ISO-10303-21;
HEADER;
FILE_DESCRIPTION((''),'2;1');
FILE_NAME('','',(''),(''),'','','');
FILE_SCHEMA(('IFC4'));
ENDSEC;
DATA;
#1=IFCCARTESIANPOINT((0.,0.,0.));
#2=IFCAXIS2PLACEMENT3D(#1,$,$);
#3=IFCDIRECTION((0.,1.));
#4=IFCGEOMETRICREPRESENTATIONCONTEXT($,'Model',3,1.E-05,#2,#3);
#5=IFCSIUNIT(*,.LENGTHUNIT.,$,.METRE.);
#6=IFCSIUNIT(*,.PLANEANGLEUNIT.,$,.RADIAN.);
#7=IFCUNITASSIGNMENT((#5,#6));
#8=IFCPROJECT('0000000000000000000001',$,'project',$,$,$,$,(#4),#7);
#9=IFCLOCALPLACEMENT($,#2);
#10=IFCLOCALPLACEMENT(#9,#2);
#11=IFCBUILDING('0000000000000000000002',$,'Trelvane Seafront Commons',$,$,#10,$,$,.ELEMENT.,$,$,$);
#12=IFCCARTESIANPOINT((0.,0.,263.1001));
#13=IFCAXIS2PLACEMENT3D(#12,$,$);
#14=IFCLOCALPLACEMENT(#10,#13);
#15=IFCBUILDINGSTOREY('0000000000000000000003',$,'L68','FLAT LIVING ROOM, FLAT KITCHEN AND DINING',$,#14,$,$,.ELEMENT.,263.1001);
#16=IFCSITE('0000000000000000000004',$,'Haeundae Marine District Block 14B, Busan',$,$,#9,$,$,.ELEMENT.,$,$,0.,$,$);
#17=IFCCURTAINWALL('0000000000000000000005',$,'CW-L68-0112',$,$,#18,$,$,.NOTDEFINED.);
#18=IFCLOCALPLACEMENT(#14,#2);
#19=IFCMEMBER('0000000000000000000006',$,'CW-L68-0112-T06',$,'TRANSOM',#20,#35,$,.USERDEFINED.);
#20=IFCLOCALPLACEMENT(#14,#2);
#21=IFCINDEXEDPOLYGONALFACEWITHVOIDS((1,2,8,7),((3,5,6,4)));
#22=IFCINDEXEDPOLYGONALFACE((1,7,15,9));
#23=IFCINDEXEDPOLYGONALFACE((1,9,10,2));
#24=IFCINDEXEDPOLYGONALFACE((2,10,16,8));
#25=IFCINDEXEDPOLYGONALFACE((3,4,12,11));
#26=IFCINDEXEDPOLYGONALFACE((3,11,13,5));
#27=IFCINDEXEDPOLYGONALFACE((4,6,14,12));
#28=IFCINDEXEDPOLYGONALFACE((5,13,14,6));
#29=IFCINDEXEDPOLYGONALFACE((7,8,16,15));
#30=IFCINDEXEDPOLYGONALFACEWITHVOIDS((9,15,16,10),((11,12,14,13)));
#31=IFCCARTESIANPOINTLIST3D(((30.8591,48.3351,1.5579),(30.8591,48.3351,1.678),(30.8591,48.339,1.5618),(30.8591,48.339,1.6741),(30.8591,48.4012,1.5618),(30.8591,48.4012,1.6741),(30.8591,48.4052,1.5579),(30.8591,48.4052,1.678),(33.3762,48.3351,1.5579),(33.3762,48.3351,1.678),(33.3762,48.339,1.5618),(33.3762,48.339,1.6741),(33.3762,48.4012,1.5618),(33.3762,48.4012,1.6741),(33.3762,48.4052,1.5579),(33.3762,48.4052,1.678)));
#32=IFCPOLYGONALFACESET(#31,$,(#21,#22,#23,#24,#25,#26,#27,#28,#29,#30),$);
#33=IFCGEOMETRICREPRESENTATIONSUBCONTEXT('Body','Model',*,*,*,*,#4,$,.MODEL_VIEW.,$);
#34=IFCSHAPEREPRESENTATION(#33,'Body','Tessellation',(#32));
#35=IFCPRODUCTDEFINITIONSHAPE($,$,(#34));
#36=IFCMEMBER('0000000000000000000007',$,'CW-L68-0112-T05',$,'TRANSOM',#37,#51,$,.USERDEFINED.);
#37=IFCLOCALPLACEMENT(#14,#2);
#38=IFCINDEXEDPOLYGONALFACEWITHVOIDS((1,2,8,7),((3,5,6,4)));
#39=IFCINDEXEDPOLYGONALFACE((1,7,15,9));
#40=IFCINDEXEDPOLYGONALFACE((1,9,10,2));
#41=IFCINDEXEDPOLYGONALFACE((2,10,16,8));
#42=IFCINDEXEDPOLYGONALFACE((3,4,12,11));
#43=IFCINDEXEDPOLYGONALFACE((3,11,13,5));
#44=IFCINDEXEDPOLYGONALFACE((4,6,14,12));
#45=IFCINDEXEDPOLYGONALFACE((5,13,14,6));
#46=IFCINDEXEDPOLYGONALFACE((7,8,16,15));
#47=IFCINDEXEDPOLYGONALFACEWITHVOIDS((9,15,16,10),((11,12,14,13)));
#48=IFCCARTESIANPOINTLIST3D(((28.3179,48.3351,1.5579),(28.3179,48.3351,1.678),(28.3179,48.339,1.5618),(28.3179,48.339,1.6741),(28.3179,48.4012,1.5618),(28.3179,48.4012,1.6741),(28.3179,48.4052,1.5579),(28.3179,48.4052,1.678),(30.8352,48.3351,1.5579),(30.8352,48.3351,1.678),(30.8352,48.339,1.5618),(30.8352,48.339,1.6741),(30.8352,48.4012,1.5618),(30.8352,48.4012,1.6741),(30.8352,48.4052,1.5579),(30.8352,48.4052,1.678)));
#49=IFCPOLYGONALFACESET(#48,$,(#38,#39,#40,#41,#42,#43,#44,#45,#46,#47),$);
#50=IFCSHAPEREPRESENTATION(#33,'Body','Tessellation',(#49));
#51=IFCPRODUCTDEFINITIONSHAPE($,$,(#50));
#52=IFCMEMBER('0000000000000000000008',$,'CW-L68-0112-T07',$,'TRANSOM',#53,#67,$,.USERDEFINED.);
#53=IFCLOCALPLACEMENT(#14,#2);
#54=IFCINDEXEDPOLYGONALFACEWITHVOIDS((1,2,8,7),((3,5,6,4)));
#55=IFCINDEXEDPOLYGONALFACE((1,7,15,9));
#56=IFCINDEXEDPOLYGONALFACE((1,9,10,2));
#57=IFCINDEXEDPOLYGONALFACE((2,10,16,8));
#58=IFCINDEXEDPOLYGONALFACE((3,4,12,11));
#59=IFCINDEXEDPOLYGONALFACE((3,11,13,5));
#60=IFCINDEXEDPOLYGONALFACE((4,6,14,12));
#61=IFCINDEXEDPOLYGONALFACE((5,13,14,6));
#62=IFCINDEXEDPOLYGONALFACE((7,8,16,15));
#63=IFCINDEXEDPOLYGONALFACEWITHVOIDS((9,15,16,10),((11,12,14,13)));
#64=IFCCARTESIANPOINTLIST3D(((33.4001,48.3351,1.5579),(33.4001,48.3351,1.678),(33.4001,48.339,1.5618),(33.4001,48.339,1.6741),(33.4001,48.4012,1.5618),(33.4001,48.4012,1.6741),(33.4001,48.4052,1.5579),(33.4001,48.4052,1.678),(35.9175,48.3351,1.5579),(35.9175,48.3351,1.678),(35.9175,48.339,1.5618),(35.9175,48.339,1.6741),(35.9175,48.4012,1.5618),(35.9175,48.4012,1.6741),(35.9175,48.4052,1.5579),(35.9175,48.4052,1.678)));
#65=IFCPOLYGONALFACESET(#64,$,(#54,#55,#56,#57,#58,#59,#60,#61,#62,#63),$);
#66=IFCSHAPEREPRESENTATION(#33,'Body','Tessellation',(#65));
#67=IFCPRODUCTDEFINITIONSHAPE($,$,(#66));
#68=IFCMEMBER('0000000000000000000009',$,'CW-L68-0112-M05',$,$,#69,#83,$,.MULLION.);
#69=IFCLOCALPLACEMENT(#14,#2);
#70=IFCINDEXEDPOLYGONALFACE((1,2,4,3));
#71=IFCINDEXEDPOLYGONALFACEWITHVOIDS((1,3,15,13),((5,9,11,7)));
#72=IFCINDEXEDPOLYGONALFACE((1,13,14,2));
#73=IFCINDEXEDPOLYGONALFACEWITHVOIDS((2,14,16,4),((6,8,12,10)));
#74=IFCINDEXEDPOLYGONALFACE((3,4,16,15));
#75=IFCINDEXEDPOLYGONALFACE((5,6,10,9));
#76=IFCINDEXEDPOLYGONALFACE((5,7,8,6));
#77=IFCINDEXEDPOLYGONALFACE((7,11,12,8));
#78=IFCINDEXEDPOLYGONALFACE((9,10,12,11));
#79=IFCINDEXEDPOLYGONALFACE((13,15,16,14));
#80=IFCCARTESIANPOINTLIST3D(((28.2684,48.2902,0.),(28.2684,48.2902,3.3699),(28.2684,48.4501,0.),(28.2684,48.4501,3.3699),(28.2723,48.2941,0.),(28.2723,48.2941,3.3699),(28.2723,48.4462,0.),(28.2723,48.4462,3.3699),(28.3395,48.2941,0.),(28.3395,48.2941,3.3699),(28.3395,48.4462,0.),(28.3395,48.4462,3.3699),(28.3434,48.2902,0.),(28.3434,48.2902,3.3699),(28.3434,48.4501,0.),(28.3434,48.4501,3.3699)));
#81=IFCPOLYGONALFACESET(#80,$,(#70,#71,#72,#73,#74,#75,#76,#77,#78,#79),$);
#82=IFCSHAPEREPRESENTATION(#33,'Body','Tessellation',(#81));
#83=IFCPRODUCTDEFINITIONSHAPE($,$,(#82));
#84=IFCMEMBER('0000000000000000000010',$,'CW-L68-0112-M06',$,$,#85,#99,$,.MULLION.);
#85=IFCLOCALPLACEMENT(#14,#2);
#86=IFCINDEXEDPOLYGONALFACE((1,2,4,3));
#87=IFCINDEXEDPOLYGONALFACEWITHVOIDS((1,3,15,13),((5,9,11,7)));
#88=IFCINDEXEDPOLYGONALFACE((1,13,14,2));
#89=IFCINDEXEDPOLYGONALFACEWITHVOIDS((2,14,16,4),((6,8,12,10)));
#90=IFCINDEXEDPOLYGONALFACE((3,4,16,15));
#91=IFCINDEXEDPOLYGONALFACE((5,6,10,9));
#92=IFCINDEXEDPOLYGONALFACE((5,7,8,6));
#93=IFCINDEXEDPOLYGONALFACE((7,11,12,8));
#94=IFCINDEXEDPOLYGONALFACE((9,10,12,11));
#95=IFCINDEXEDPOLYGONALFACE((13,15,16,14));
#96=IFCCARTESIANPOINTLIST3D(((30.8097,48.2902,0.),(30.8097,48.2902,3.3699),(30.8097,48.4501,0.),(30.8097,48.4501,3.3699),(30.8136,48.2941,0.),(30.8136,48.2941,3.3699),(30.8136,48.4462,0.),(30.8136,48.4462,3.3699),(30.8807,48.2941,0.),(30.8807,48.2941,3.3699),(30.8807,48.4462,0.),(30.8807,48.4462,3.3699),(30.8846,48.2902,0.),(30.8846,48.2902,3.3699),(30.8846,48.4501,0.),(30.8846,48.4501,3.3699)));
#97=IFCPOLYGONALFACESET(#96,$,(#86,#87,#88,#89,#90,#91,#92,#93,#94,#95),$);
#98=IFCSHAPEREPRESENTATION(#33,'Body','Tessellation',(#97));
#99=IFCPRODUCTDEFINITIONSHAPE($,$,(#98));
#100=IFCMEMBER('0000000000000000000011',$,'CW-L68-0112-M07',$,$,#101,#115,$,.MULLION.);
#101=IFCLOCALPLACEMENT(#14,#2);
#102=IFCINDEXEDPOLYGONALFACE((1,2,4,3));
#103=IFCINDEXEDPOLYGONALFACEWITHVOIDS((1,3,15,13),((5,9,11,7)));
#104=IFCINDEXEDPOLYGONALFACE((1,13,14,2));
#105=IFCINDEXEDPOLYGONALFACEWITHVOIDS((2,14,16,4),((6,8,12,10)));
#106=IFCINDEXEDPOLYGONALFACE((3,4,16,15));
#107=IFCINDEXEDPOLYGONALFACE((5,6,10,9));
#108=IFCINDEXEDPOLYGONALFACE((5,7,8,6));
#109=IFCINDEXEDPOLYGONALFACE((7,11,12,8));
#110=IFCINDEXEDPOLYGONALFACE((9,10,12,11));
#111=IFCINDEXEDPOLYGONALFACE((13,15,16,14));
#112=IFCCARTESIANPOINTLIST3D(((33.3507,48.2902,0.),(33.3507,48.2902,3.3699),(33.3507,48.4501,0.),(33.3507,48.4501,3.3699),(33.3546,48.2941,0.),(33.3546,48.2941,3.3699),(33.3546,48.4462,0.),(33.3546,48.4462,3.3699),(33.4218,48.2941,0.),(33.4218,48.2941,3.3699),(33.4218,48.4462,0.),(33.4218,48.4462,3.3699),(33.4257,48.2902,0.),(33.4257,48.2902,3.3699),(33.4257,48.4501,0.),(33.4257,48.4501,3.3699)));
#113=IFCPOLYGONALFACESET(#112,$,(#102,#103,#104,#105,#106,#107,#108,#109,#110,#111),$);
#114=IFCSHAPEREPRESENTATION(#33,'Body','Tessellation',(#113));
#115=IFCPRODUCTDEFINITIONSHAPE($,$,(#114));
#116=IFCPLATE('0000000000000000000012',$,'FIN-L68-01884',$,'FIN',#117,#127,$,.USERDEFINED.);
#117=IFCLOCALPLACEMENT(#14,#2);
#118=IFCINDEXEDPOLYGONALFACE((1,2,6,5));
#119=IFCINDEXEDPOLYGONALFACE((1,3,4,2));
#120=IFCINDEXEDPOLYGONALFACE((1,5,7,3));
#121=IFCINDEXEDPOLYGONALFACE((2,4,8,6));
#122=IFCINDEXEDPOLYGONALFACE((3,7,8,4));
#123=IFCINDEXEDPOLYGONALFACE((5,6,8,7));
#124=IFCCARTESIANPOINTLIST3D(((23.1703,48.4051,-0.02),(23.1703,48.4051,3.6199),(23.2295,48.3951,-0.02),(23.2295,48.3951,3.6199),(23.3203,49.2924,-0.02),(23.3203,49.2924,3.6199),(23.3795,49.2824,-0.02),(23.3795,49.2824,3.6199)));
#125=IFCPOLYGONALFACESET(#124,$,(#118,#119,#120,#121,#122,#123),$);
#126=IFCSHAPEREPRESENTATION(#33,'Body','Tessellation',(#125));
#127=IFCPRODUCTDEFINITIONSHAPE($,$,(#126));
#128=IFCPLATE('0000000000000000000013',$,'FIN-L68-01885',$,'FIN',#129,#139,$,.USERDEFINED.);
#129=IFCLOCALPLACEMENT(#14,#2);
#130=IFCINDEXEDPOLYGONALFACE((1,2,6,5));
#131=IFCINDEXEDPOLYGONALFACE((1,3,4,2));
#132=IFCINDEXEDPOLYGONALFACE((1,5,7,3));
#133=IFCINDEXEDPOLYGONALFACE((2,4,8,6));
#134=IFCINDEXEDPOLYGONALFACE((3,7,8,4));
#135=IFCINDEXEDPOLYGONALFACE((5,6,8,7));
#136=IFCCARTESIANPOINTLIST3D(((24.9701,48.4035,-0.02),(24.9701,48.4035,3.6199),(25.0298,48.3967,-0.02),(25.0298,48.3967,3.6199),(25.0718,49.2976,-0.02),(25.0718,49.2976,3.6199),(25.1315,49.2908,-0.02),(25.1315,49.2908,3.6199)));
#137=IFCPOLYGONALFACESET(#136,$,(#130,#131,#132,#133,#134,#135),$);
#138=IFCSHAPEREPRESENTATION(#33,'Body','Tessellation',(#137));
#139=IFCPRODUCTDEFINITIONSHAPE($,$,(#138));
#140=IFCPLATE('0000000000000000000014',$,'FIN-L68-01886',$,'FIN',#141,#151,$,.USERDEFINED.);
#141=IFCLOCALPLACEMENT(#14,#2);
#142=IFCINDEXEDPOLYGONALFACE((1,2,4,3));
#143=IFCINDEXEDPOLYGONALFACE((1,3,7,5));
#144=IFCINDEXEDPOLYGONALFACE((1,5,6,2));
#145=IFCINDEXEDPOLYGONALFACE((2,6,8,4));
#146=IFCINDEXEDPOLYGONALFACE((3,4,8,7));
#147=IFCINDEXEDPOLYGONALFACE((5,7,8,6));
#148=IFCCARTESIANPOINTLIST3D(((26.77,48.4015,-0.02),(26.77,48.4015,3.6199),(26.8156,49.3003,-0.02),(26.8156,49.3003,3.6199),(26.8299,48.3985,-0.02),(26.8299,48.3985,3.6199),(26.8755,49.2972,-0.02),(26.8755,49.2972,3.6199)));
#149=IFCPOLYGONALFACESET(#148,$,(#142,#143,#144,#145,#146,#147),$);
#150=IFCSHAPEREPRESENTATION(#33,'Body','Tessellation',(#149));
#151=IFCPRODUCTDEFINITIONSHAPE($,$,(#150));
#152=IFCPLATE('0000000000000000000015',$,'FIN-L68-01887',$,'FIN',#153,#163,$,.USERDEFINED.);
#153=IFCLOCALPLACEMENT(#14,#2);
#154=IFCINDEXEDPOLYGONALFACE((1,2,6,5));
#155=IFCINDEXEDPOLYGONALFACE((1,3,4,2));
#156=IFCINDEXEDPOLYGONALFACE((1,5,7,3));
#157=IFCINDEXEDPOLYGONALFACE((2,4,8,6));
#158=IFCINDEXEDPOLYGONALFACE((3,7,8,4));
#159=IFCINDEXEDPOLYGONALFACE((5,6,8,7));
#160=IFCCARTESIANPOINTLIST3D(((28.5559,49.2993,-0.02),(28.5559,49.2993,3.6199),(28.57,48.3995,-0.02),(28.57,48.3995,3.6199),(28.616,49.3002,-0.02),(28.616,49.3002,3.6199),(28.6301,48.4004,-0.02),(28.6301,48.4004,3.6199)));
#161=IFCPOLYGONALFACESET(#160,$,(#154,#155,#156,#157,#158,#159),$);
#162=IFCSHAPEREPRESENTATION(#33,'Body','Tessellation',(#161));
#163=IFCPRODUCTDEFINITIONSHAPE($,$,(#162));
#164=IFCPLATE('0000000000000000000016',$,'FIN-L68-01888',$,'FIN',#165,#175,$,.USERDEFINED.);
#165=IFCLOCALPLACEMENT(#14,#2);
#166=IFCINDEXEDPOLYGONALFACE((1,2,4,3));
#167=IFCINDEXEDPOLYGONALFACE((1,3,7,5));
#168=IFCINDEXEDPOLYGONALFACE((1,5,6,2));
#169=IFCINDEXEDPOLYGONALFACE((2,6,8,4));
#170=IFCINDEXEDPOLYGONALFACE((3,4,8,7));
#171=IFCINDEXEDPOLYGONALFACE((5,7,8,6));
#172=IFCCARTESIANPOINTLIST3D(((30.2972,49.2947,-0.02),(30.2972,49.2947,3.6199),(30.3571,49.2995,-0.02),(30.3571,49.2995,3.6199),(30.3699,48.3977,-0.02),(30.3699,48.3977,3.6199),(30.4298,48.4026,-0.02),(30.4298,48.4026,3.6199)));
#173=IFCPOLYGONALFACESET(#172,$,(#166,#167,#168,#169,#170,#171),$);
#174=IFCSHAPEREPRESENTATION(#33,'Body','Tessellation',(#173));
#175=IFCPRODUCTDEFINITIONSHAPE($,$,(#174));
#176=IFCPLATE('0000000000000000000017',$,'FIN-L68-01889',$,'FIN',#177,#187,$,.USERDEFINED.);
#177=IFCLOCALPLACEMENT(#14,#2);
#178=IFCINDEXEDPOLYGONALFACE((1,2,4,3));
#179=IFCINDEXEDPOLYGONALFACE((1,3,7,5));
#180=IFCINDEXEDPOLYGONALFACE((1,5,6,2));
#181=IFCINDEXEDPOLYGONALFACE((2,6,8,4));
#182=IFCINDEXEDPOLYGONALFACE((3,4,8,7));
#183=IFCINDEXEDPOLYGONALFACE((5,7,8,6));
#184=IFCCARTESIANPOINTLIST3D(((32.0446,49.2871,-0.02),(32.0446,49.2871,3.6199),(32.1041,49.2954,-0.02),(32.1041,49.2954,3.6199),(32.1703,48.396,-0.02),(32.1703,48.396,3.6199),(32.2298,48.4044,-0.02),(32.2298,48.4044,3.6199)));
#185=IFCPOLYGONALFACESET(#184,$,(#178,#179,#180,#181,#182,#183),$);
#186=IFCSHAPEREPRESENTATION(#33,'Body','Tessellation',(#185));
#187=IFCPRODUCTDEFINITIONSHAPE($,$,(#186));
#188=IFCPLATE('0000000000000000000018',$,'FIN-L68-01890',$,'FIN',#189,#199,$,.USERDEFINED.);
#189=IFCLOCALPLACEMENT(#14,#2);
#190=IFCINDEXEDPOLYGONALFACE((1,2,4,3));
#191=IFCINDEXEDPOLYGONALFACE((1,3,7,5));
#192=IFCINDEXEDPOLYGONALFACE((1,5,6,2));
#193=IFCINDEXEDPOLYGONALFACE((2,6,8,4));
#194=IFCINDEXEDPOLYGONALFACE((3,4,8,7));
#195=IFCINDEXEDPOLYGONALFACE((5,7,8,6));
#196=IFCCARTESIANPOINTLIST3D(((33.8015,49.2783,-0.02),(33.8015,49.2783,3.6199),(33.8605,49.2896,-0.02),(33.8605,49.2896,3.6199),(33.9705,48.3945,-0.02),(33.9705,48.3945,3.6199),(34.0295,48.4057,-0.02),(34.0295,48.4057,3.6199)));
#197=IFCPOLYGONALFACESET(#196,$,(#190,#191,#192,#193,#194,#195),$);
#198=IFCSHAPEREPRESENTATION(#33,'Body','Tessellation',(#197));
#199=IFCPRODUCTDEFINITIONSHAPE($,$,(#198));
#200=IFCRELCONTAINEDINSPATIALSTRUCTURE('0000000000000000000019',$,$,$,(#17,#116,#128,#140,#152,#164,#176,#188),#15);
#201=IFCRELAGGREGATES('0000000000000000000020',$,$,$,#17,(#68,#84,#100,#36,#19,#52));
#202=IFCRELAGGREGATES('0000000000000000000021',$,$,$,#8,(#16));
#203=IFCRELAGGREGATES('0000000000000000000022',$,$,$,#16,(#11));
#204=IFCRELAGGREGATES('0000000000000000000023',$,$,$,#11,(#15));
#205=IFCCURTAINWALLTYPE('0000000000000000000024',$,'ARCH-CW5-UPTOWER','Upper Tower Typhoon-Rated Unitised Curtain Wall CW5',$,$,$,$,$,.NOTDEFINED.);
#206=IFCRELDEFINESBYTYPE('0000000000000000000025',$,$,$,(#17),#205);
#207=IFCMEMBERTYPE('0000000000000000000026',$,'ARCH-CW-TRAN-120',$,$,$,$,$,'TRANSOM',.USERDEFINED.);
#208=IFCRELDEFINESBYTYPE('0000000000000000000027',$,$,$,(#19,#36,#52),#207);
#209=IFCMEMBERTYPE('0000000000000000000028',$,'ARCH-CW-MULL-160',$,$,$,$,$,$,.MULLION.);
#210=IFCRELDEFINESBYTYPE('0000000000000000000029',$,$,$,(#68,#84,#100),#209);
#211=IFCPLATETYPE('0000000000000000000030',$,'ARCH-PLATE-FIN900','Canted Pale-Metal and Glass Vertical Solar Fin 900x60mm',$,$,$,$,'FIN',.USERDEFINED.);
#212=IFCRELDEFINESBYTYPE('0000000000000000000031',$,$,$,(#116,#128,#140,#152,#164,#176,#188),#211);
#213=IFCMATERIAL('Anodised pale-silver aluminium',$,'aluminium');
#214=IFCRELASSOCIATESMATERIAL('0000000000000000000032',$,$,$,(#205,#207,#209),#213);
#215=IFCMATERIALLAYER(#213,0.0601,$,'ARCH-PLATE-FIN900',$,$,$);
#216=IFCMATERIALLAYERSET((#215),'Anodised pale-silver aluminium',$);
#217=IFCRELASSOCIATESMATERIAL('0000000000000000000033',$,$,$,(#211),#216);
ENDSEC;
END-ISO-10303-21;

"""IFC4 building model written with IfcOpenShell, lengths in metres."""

from ifc_helpers import new_model, si_unit, direction, frame, origin, origin_2d, place, context, subcontext, project, spatial, rectangle, hollow_rectangle, extrude, source, transform, mapped, material, layer, layer_set, material_profile, profile_set, type_object, element, aggregate, save


model = new_model("IFC4")

# Units and contexts
model_context = context("Model", 3, precision=1e-05, world=origin(), true_north=direction((0.0, 1.0)))
body_context = subcontext(model_context, "Body", "Model", "MODEL_VIEW")
ifc_project = project(units=[si_unit("LENGTHUNIT", "METRE"), si_unit("PLANEANGLEUNIT", "RADIAN")], contexts=[model_context])

# Site, building, storey
site_placement = place(None, origin())
site = spatial("IfcSite", under=ifc_project, at=site_placement, Name="Haeundae Marine District Block 14B, Busan", CompositionType="ELEMENT", RefElevation=0.0)
building_placement = place(site_placement, origin())
building = spatial("IfcBuilding", under=site, at=building_placement, Name="Trelvane Seafront Commons", CompositionType="ELEMENT")
storey_placement = place(building_placement, frame((0.0, 0.0, 263.1001)))
storey = spatial("IfcBuildingStorey", under=building, at=storey_placement, Name="L68", Description="FLAT LIVING ROOM, FLAT KITCHEN AND DINING", CompositionType="ELEMENT", Elevation=263.1001)

# Curtain wall, members
ifc_material_1 = material(Name="Anodised pale-silver aluminium", Category="aluminium")
curtain_wall_type = type_object("IfcCurtainWallType", Name="ARCH-CW5-UPTOWER", Description="Upper Tower Typhoon-Rated Unitised Curtain Wall CW5", PredefinedType="NOTDEFINED", material=ifc_material_1)
curtain_wall_placement = place(storey_placement, origin())
curtain_wall = element("IfcCurtainWall", 1, at=curtain_wall_placement, inside=storey, type_object=curtain_wall_type, Name="CW-L68-0112", PredefinedType="NOTDEFINED")
ifc_material_profile_1 = material_profile(ifc_material_1, hollow_rectangle(XDim=0.0701, YDim=0.1201, WallThickness=0.0039, at=origin_2d()), Name="TRAN-70x120x4")
ifc_profile_set_1 = profile_set([ifc_material_profile_1], Name="Anodised pale-silver aluminium")
member_type_1 = type_object("IfcMemberType", Name="ARCH-CW-TRAN-120", ElementType="TRANSOM", PredefinedType="USERDEFINED", material=ifc_profile_set_1)
shared_shape_1 = source(origin(), body_context, "Body", "SweptSolid", [
    extrude(hollow_rectangle(XDim=0.0701, YDim=0.1201, WallThickness=0.0039, at=origin_2d()), origin(), (0.0, 0.0, 1.0), 2.5171),
])
member_1_placement = place(storey_placement, frame((30.8591, 48.3701, 1.6179), z_axis=(1.0, 0.0, 0.0), x_axis=(0.0, 1.0, 0.0)))
member_1 = element("IfcMember", 2, at=member_1_placement, type_object=member_type_1, Name="CW-L68-0112-T06", ObjectType="TRANSOM", PredefinedType="USERDEFINED", context=body_context, shape_type="MappedRepresentation", body=[
    mapped(shared_shape_1, transform((0.0, 0.0, 0.0), x_axis=(1.0, 0.0, 0.0), y_axis=(0.0, 1.0, 0.0), z_axis=(0.0, 0.0, 1.0), scale=1.0)),
])
shared_shape_2 = source(origin(), body_context, "Body", "SweptSolid", [
    extrude(hollow_rectangle(XDim=0.0701, YDim=0.1201, WallThickness=0.0039, at=origin_2d()), origin(), (0.0, 0.0, 1.0), 2.5173),
])
member_2_placement = place(storey_placement, frame((28.3179, 48.3701, 1.6179), z_axis=(1.0, 0.0, 0.0), x_axis=(0.0, 1.0, 0.0)))
member_2 = element("IfcMember", 3, at=member_2_placement, type_object=member_type_1, Name="CW-L68-0112-T05", ObjectType="TRANSOM", PredefinedType="USERDEFINED", context=body_context, shape_type="MappedRepresentation", body=[
    mapped(shared_shape_2, transform((0.0, 0.0, 0.0), x_axis=(1.0, 0.0, 0.0), y_axis=(0.0, 1.0, 0.0), z_axis=(0.0, 0.0, 1.0), scale=1.0)),
])
member_3_placement = place(storey_placement, frame((33.4001, 48.3701, 1.6179), z_axis=(1.0, 0.0, 0.0), x_axis=(0.0, 1.0, 0.0)))
member_3 = element("IfcMember", 4, at=member_3_placement, type_object=member_type_1, Name="CW-L68-0112-T07", ObjectType="TRANSOM", PredefinedType="USERDEFINED", context=body_context, shape_type="MappedRepresentation", body=[
    mapped(shared_shape_2, transform((0.0, 0.0, 0.0), x_axis=(1.0, 0.0, 0.0), y_axis=(0.0, 1.0, 0.0), z_axis=(0.0, 0.0, 1.0), scale=1.0)),
])
ifc_material_profile_2 = material_profile(ifc_material_1, hollow_rectangle(XDim=0.075, YDim=0.1599, WallThickness=0.0039, at=origin_2d()), Name="MULL-75x160x4")
ifc_profile_set_2 = profile_set([ifc_material_profile_2], Name="Anodised pale-silver aluminium")
member_type_2 = type_object("IfcMemberType", Name="ARCH-CW-MULL-160", PredefinedType="MULLION", material=ifc_profile_set_2)
shared_shape_3 = source(origin(), body_context, "Body", "SweptSolid", [
    extrude(hollow_rectangle(XDim=0.075, YDim=0.1599, WallThickness=0.0039, at=origin_2d()), origin(), (0.0, 0.0, 1.0), 3.3699),
])
member_4_placement = place(storey_placement, frame((28.3059, 48.3701, 0.0), z_axis=(0.0, 0.0, 1.0), x_axis=(1.0, 0.0, 0.0)))
member_4 = element("IfcMember", 5, at=member_4_placement, type_object=member_type_2, Name="CW-L68-0112-M05", PredefinedType="MULLION", context=body_context, shape_type="MappedRepresentation", body=[
    mapped(shared_shape_3, transform((0.0, 0.0, 0.0), x_axis=(1.0, 0.0, 0.0), y_axis=(0.0, 1.0, 0.0), z_axis=(0.0, 0.0, 1.0), scale=1.0)),
])
member_5_placement = place(storey_placement, frame((30.8472, 48.3701, 0.0), z_axis=(0.0, 0.0, 1.0), x_axis=(1.0, 0.0, 0.0)))
member_5 = element("IfcMember", 6, at=member_5_placement, type_object=member_type_2, Name="CW-L68-0112-M06", PredefinedType="MULLION", context=body_context, shape_type="MappedRepresentation", body=[
    mapped(shared_shape_3, transform((0.0, 0.0, 0.0), x_axis=(1.0, 0.0, 0.0), y_axis=(0.0, 1.0, 0.0), z_axis=(0.0, 0.0, 1.0), scale=1.0)),
])
member_6_placement = place(storey_placement, frame((33.3882, 48.3701, 0.0), z_axis=(0.0, 0.0, 1.0), x_axis=(1.0, 0.0, 0.0)))
member_6 = element("IfcMember", 7, at=member_6_placement, type_object=member_type_2, Name="CW-L68-0112-M07", PredefinedType="MULLION", context=body_context, shape_type="MappedRepresentation", body=[
    mapped(shared_shape_3, transform((0.0, 0.0, 0.0), x_axis=(1.0, 0.0, 0.0), y_axis=(0.0, 1.0, 0.0), z_axis=(0.0, 0.0, 1.0), scale=1.0)),
])

# Plates
ifc_layer_1 = layer(ifc_material_1, 0.0601, Name="ARCH-PLATE-FIN900")
ifc_layer_set_1 = layer_set([ifc_layer_1], Name="Anodised pale-silver aluminium")
plate_type_1 = type_object("IfcPlateType", Name="ARCH-PLATE-FIN900", Description="Canted Pale-Metal and Glass Vertical Solar Fin 900x60mm", ElementType="FIN", PredefinedType="USERDEFINED", material=ifc_layer_set_1)
shared_shape_4 = source(origin(), body_context, "Body", "SweptSolid", [
    extrude(rectangle(XDim=0.8999, YDim=0.0601, at=origin_2d()), origin(), (0.0, 0.0, 1.0), 3.6399),
])
for number, where, z_axis, x_axis, name in (
    (8, (23.2749, 48.8438, -0.02), (0.0, 0.0, 1.0), (0.166669, 0.986013, 0.0), "FIN-L68-01884"),
    (9, (25.0508, 48.8472, -0.02), (0.0, 0.0, 1.0), (0.113004, 0.993595, 0.0), "FIN-L68-01885"),
    (10, (26.8228, 48.8494, -0.02), (0.0, 0.0, 1.0), (0.05067, 0.998715, 0.0), "FIN-L68-01886"),
    (11, (28.593, 48.8499, -0.02), (0.0, 0.0, 1.0), (-0.015667, 0.999877, 0.0), "FIN-L68-01887"),
    (12, (30.3635, 48.8486, -0.02), (0.0, 0.0, 1.0), (-0.080775, 0.996732, 0.0), "FIN-L68-01888"),
    (13, (32.1372, 48.8457, -0.02), (0.0, 0.0, 1.0), (-0.139664, 0.990199, 0.0), "FIN-L68-01889"),
    (14, (33.9155, 48.842, -0.02), (0.0, 0.0, 1.0), (-0.187776, 0.982212, 0.0), "FIN-L68-01890"),
):
    element("IfcPlate", number, at=place(storey_placement, frame(where, z_axis=z_axis, x_axis=x_axis)), inside=storey, type_object=plate_type_1, Name=name, ObjectType="FIN", PredefinedType="USERDEFINED", context=body_context, shape_type="MappedRepresentation", body=[
        mapped(shared_shape_4, transform((0.0, 0.0, 0.0), x_axis=(1.0, 0.0, 0.0), y_axis=(0.0, 1.0, 0.0), z_axis=(0.0, 0.0, 1.0), scale=1.0)),
    ])

aggregate(curtain_wall, [member_4, member_5, member_6, member_2, member_1, member_3])

save(model, "model.ifc")
